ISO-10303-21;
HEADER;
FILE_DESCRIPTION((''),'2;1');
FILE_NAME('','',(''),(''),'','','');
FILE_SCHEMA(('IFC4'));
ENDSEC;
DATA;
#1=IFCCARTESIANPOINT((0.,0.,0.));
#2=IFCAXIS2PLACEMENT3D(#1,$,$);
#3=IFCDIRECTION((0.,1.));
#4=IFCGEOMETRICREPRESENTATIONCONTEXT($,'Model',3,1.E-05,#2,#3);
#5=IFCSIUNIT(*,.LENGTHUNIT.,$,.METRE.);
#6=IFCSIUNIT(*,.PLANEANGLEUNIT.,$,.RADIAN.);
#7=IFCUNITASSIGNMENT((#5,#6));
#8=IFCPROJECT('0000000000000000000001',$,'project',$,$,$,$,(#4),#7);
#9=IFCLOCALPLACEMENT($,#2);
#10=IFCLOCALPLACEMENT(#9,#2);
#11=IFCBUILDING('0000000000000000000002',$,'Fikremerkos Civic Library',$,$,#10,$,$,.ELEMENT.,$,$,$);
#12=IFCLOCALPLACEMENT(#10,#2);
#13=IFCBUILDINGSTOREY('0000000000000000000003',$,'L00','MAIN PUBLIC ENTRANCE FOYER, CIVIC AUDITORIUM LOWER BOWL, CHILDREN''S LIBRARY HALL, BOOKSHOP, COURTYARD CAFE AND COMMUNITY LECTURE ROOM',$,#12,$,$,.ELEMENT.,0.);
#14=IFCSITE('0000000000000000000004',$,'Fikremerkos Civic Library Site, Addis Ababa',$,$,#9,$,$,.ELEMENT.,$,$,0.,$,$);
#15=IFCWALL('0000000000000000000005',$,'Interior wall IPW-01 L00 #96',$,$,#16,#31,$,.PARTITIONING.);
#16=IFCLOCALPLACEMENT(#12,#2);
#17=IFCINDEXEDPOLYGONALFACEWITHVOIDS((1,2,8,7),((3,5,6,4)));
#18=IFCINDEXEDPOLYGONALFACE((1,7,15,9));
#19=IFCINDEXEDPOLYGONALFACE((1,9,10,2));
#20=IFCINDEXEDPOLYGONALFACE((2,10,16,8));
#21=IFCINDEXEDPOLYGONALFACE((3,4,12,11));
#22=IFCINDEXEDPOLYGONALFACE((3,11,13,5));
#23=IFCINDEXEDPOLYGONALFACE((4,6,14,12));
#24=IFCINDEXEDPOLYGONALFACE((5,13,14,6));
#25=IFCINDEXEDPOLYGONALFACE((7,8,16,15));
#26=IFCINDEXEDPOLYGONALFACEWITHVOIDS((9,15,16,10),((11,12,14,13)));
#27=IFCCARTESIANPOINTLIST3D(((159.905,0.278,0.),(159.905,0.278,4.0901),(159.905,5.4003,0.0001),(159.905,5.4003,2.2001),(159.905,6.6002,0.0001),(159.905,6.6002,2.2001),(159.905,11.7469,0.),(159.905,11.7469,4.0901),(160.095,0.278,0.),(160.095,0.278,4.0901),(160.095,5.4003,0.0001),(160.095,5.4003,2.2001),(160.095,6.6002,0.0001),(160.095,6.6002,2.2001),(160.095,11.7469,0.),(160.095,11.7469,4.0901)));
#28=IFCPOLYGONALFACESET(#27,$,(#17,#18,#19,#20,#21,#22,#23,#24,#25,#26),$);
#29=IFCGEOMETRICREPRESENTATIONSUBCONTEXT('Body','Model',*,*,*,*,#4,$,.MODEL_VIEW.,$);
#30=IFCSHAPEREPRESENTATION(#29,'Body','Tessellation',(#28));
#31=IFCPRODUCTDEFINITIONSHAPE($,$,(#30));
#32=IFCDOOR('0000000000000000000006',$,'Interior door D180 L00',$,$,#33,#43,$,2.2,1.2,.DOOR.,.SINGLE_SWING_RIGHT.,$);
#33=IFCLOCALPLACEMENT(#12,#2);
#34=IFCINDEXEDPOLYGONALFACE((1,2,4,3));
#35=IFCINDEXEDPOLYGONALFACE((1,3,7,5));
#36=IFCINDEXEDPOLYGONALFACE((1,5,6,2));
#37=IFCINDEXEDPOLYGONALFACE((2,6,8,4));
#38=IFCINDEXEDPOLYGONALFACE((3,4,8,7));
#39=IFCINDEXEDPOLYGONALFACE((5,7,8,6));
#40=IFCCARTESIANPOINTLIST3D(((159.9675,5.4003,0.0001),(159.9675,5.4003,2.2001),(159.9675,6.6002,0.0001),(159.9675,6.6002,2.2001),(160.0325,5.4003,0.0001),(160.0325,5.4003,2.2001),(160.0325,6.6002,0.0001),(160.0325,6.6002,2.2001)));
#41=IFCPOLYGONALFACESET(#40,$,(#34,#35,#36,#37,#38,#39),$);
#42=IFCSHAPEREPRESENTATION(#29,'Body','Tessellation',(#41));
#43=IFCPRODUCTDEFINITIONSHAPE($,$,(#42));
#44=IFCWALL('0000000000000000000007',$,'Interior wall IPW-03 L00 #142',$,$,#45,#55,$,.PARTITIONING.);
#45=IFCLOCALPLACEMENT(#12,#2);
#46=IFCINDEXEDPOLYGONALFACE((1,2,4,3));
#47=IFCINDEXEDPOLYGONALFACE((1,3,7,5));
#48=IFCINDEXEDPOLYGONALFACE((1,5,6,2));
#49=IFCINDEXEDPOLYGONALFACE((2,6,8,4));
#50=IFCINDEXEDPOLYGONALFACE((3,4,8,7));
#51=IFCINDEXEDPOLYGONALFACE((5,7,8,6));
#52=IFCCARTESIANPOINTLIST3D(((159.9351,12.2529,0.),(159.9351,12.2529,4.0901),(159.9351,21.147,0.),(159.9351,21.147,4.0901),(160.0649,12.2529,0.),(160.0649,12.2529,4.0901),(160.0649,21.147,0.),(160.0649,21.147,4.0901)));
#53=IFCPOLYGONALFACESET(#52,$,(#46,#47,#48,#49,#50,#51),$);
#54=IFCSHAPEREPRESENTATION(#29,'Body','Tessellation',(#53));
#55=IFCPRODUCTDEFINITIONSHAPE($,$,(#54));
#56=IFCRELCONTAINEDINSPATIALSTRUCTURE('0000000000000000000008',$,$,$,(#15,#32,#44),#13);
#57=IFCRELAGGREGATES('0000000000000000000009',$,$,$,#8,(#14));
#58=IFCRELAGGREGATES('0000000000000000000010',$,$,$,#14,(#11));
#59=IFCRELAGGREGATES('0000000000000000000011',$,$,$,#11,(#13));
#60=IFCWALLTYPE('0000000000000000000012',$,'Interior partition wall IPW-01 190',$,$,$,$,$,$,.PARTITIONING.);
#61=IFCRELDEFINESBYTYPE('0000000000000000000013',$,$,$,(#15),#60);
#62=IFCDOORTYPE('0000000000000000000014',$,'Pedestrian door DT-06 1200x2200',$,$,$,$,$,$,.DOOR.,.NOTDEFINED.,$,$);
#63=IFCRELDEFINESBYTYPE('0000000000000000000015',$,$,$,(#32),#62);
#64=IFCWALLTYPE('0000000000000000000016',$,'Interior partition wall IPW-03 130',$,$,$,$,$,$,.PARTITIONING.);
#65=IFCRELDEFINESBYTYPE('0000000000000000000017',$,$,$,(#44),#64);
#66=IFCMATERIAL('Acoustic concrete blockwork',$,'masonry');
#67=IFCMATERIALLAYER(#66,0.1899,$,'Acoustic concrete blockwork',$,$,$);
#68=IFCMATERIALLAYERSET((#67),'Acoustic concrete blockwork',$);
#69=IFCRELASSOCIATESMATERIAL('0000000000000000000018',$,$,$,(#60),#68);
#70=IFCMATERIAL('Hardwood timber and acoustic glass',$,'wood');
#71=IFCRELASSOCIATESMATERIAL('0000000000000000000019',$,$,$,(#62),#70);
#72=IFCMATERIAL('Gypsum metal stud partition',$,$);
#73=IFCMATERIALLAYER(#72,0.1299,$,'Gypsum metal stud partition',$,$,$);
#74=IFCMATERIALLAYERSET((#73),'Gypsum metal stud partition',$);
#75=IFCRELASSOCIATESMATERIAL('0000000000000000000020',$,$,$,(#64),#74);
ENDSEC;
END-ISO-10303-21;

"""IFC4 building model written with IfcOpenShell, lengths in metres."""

from ifc_helpers import new_model, si_unit, direction, frame, frame_2d, origin, place, context, subcontext, project, spatial, rectangle, extrude, material, layer, layer_set, type_object, element, fill, save


model = new_model("IFC4")

# Units and contexts
model_context = context("Model", 3, precision=1e-05, world=origin(), true_north=direction((0.0, 1.0)))
body_context = subcontext(model_context, "Body", "Model", "MODEL_VIEW")
ifc_project = project(units=[si_unit("LENGTHUNIT", "METRE"), si_unit("PLANEANGLEUNIT", "RADIAN")], contexts=[model_context])

# Site, building, storey
site_placement = place(None, origin())
site = spatial("IfcSite", under=ifc_project, at=site_placement, Name="Fikremerkos Civic Library Site, Addis Ababa", CompositionType="ELEMENT", RefElevation=0.0)
building_placement = place(site_placement, origin())
building = spatial("IfcBuilding", under=site, at=building_placement, Name="Fikremerkos Civic Library", CompositionType="ELEMENT")
storey_placement = place(building_placement, origin())
storey = spatial("IfcBuildingStorey", under=building, at=storey_placement, Name="L00", Description="MAIN PUBLIC ENTRANCE FOYER, CIVIC AUDITORIUM LOWER BOWL, CHILDREN'S LIBRARY HALL, BOOKSHOP, COURTYARD CAFE AND COMMUNITY LECTURE ROOM", CompositionType="ELEMENT", Elevation=0.0)

# Wall, opening, door
ifc_material_1 = material(Name="Acoustic concrete blockwork", Category="masonry")
ifc_layer_1 = layer(ifc_material_1, 0.1899, Name="Acoustic concrete blockwork")
ifc_layer_set_1 = layer_set([ifc_layer_1], Name="Acoustic concrete blockwork")
wall_type_1 = type_object("IfcWallType", Name="Interior partition wall IPW-01 190", PredefinedType="PARTITIONING", material=ifc_layer_set_1)
wall_1_placement = place(storey_placement, frame((160.0, 0.2781, 0.0), z_axis=(0.0, 0.0, 1.0), x_axis=(0.0, 1.0, 0.0)))
wall_1 = element("IfcWall", 1, at=wall_1_placement, inside=storey, type_object=wall_type_1, Name="Interior wall IPW-01 L00 #96", PredefinedType="PARTITIONING", context=body_context, shape_type="SweptSolid", body=[
    extrude(rectangle(XDim=11.469, YDim=0.1899, at=frame_2d((5.7344, 0.0))), origin(), (0.0, 0.0, 1.0), 4.0901),
])
opening_1_placement = place(wall_1_placement, frame((5.1221, 0.0, 0.0)))
opening_1 = element("IfcOpeningElement", 2, at=opening_1_placement, cuts=wall_1, PredefinedType="OPENING", context=body_context, shape_type="SweptSolid", body=[
    extrude(rectangle(XDim=1.2, YDim=2.2, at=frame_2d((0.6001, 1.1001))), frame((0.0, 0.105, 0.0), z_axis=(0.0, -1.0, 0.0), x_axis=(1.0, 0.0, 0.0)), (0.0, 0.0, 1.0), 0.21),
])
ifc_material_2 = material(Name="Hardwood timber and acoustic glass", Category="wood")
door_type_1 = type_object("IfcDoorType", Name="Pedestrian door DT-06 1200x2200", OperationType="NOTDEFINED", PredefinedType="DOOR", material=ifc_material_2)
door_1_placement = place(opening_1_placement, origin())
door_1 = element("IfcDoor", 3, at=door_1_placement, inside=storey, type_object=door_type_1, Name="Interior door D180 L00", OperationType="SINGLE_SWING_RIGHT", OverallHeight=2.2, OverallWidth=1.2, PredefinedType="DOOR", context=body_context, shape_type="SweptSolid", body=[
    extrude(rectangle(XDim=1.2, YDim=2.2, at=frame_2d((0.6001, 1.1001))), frame((0.0, 0.0325, 0.0), z_axis=(0.0, -1.0, 0.0), x_axis=(1.0, 0.0, 0.0)), (0.0, 0.0, 1.0), 0.0649),
])
fill(opening_1, door_1)

# Wall
ifc_material_3 = material(Name="Gypsum metal stud partition")
ifc_layer_2 = layer(ifc_material_3, 0.1299, Name="Gypsum metal stud partition")
ifc_layer_set_2 = layer_set([ifc_layer_2], Name="Gypsum metal stud partition")
wall_type_2 = type_object("IfcWallType", Name="Interior partition wall IPW-03 130", PredefinedType="PARTITIONING", material=ifc_layer_set_2)
wall_2_placement = place(storey_placement, frame((160.0, 12.2529, 0.0), z_axis=(0.0, 0.0, 1.0), x_axis=(0.0, 1.0, 0.0)))
element("IfcWall", 4, at=wall_2_placement, inside=storey, type_object=wall_type_2, Name="Interior wall IPW-03 L00 #142", PredefinedType="PARTITIONING", context=body_context, shape_type="SweptSolid", body=[
    extrude(rectangle(XDim=8.894, YDim=0.1299, at=frame_2d((4.447, 0.0))), origin(), (0.0, 0.0, 1.0), 4.0901),
])

save(model, "model.ifc")
